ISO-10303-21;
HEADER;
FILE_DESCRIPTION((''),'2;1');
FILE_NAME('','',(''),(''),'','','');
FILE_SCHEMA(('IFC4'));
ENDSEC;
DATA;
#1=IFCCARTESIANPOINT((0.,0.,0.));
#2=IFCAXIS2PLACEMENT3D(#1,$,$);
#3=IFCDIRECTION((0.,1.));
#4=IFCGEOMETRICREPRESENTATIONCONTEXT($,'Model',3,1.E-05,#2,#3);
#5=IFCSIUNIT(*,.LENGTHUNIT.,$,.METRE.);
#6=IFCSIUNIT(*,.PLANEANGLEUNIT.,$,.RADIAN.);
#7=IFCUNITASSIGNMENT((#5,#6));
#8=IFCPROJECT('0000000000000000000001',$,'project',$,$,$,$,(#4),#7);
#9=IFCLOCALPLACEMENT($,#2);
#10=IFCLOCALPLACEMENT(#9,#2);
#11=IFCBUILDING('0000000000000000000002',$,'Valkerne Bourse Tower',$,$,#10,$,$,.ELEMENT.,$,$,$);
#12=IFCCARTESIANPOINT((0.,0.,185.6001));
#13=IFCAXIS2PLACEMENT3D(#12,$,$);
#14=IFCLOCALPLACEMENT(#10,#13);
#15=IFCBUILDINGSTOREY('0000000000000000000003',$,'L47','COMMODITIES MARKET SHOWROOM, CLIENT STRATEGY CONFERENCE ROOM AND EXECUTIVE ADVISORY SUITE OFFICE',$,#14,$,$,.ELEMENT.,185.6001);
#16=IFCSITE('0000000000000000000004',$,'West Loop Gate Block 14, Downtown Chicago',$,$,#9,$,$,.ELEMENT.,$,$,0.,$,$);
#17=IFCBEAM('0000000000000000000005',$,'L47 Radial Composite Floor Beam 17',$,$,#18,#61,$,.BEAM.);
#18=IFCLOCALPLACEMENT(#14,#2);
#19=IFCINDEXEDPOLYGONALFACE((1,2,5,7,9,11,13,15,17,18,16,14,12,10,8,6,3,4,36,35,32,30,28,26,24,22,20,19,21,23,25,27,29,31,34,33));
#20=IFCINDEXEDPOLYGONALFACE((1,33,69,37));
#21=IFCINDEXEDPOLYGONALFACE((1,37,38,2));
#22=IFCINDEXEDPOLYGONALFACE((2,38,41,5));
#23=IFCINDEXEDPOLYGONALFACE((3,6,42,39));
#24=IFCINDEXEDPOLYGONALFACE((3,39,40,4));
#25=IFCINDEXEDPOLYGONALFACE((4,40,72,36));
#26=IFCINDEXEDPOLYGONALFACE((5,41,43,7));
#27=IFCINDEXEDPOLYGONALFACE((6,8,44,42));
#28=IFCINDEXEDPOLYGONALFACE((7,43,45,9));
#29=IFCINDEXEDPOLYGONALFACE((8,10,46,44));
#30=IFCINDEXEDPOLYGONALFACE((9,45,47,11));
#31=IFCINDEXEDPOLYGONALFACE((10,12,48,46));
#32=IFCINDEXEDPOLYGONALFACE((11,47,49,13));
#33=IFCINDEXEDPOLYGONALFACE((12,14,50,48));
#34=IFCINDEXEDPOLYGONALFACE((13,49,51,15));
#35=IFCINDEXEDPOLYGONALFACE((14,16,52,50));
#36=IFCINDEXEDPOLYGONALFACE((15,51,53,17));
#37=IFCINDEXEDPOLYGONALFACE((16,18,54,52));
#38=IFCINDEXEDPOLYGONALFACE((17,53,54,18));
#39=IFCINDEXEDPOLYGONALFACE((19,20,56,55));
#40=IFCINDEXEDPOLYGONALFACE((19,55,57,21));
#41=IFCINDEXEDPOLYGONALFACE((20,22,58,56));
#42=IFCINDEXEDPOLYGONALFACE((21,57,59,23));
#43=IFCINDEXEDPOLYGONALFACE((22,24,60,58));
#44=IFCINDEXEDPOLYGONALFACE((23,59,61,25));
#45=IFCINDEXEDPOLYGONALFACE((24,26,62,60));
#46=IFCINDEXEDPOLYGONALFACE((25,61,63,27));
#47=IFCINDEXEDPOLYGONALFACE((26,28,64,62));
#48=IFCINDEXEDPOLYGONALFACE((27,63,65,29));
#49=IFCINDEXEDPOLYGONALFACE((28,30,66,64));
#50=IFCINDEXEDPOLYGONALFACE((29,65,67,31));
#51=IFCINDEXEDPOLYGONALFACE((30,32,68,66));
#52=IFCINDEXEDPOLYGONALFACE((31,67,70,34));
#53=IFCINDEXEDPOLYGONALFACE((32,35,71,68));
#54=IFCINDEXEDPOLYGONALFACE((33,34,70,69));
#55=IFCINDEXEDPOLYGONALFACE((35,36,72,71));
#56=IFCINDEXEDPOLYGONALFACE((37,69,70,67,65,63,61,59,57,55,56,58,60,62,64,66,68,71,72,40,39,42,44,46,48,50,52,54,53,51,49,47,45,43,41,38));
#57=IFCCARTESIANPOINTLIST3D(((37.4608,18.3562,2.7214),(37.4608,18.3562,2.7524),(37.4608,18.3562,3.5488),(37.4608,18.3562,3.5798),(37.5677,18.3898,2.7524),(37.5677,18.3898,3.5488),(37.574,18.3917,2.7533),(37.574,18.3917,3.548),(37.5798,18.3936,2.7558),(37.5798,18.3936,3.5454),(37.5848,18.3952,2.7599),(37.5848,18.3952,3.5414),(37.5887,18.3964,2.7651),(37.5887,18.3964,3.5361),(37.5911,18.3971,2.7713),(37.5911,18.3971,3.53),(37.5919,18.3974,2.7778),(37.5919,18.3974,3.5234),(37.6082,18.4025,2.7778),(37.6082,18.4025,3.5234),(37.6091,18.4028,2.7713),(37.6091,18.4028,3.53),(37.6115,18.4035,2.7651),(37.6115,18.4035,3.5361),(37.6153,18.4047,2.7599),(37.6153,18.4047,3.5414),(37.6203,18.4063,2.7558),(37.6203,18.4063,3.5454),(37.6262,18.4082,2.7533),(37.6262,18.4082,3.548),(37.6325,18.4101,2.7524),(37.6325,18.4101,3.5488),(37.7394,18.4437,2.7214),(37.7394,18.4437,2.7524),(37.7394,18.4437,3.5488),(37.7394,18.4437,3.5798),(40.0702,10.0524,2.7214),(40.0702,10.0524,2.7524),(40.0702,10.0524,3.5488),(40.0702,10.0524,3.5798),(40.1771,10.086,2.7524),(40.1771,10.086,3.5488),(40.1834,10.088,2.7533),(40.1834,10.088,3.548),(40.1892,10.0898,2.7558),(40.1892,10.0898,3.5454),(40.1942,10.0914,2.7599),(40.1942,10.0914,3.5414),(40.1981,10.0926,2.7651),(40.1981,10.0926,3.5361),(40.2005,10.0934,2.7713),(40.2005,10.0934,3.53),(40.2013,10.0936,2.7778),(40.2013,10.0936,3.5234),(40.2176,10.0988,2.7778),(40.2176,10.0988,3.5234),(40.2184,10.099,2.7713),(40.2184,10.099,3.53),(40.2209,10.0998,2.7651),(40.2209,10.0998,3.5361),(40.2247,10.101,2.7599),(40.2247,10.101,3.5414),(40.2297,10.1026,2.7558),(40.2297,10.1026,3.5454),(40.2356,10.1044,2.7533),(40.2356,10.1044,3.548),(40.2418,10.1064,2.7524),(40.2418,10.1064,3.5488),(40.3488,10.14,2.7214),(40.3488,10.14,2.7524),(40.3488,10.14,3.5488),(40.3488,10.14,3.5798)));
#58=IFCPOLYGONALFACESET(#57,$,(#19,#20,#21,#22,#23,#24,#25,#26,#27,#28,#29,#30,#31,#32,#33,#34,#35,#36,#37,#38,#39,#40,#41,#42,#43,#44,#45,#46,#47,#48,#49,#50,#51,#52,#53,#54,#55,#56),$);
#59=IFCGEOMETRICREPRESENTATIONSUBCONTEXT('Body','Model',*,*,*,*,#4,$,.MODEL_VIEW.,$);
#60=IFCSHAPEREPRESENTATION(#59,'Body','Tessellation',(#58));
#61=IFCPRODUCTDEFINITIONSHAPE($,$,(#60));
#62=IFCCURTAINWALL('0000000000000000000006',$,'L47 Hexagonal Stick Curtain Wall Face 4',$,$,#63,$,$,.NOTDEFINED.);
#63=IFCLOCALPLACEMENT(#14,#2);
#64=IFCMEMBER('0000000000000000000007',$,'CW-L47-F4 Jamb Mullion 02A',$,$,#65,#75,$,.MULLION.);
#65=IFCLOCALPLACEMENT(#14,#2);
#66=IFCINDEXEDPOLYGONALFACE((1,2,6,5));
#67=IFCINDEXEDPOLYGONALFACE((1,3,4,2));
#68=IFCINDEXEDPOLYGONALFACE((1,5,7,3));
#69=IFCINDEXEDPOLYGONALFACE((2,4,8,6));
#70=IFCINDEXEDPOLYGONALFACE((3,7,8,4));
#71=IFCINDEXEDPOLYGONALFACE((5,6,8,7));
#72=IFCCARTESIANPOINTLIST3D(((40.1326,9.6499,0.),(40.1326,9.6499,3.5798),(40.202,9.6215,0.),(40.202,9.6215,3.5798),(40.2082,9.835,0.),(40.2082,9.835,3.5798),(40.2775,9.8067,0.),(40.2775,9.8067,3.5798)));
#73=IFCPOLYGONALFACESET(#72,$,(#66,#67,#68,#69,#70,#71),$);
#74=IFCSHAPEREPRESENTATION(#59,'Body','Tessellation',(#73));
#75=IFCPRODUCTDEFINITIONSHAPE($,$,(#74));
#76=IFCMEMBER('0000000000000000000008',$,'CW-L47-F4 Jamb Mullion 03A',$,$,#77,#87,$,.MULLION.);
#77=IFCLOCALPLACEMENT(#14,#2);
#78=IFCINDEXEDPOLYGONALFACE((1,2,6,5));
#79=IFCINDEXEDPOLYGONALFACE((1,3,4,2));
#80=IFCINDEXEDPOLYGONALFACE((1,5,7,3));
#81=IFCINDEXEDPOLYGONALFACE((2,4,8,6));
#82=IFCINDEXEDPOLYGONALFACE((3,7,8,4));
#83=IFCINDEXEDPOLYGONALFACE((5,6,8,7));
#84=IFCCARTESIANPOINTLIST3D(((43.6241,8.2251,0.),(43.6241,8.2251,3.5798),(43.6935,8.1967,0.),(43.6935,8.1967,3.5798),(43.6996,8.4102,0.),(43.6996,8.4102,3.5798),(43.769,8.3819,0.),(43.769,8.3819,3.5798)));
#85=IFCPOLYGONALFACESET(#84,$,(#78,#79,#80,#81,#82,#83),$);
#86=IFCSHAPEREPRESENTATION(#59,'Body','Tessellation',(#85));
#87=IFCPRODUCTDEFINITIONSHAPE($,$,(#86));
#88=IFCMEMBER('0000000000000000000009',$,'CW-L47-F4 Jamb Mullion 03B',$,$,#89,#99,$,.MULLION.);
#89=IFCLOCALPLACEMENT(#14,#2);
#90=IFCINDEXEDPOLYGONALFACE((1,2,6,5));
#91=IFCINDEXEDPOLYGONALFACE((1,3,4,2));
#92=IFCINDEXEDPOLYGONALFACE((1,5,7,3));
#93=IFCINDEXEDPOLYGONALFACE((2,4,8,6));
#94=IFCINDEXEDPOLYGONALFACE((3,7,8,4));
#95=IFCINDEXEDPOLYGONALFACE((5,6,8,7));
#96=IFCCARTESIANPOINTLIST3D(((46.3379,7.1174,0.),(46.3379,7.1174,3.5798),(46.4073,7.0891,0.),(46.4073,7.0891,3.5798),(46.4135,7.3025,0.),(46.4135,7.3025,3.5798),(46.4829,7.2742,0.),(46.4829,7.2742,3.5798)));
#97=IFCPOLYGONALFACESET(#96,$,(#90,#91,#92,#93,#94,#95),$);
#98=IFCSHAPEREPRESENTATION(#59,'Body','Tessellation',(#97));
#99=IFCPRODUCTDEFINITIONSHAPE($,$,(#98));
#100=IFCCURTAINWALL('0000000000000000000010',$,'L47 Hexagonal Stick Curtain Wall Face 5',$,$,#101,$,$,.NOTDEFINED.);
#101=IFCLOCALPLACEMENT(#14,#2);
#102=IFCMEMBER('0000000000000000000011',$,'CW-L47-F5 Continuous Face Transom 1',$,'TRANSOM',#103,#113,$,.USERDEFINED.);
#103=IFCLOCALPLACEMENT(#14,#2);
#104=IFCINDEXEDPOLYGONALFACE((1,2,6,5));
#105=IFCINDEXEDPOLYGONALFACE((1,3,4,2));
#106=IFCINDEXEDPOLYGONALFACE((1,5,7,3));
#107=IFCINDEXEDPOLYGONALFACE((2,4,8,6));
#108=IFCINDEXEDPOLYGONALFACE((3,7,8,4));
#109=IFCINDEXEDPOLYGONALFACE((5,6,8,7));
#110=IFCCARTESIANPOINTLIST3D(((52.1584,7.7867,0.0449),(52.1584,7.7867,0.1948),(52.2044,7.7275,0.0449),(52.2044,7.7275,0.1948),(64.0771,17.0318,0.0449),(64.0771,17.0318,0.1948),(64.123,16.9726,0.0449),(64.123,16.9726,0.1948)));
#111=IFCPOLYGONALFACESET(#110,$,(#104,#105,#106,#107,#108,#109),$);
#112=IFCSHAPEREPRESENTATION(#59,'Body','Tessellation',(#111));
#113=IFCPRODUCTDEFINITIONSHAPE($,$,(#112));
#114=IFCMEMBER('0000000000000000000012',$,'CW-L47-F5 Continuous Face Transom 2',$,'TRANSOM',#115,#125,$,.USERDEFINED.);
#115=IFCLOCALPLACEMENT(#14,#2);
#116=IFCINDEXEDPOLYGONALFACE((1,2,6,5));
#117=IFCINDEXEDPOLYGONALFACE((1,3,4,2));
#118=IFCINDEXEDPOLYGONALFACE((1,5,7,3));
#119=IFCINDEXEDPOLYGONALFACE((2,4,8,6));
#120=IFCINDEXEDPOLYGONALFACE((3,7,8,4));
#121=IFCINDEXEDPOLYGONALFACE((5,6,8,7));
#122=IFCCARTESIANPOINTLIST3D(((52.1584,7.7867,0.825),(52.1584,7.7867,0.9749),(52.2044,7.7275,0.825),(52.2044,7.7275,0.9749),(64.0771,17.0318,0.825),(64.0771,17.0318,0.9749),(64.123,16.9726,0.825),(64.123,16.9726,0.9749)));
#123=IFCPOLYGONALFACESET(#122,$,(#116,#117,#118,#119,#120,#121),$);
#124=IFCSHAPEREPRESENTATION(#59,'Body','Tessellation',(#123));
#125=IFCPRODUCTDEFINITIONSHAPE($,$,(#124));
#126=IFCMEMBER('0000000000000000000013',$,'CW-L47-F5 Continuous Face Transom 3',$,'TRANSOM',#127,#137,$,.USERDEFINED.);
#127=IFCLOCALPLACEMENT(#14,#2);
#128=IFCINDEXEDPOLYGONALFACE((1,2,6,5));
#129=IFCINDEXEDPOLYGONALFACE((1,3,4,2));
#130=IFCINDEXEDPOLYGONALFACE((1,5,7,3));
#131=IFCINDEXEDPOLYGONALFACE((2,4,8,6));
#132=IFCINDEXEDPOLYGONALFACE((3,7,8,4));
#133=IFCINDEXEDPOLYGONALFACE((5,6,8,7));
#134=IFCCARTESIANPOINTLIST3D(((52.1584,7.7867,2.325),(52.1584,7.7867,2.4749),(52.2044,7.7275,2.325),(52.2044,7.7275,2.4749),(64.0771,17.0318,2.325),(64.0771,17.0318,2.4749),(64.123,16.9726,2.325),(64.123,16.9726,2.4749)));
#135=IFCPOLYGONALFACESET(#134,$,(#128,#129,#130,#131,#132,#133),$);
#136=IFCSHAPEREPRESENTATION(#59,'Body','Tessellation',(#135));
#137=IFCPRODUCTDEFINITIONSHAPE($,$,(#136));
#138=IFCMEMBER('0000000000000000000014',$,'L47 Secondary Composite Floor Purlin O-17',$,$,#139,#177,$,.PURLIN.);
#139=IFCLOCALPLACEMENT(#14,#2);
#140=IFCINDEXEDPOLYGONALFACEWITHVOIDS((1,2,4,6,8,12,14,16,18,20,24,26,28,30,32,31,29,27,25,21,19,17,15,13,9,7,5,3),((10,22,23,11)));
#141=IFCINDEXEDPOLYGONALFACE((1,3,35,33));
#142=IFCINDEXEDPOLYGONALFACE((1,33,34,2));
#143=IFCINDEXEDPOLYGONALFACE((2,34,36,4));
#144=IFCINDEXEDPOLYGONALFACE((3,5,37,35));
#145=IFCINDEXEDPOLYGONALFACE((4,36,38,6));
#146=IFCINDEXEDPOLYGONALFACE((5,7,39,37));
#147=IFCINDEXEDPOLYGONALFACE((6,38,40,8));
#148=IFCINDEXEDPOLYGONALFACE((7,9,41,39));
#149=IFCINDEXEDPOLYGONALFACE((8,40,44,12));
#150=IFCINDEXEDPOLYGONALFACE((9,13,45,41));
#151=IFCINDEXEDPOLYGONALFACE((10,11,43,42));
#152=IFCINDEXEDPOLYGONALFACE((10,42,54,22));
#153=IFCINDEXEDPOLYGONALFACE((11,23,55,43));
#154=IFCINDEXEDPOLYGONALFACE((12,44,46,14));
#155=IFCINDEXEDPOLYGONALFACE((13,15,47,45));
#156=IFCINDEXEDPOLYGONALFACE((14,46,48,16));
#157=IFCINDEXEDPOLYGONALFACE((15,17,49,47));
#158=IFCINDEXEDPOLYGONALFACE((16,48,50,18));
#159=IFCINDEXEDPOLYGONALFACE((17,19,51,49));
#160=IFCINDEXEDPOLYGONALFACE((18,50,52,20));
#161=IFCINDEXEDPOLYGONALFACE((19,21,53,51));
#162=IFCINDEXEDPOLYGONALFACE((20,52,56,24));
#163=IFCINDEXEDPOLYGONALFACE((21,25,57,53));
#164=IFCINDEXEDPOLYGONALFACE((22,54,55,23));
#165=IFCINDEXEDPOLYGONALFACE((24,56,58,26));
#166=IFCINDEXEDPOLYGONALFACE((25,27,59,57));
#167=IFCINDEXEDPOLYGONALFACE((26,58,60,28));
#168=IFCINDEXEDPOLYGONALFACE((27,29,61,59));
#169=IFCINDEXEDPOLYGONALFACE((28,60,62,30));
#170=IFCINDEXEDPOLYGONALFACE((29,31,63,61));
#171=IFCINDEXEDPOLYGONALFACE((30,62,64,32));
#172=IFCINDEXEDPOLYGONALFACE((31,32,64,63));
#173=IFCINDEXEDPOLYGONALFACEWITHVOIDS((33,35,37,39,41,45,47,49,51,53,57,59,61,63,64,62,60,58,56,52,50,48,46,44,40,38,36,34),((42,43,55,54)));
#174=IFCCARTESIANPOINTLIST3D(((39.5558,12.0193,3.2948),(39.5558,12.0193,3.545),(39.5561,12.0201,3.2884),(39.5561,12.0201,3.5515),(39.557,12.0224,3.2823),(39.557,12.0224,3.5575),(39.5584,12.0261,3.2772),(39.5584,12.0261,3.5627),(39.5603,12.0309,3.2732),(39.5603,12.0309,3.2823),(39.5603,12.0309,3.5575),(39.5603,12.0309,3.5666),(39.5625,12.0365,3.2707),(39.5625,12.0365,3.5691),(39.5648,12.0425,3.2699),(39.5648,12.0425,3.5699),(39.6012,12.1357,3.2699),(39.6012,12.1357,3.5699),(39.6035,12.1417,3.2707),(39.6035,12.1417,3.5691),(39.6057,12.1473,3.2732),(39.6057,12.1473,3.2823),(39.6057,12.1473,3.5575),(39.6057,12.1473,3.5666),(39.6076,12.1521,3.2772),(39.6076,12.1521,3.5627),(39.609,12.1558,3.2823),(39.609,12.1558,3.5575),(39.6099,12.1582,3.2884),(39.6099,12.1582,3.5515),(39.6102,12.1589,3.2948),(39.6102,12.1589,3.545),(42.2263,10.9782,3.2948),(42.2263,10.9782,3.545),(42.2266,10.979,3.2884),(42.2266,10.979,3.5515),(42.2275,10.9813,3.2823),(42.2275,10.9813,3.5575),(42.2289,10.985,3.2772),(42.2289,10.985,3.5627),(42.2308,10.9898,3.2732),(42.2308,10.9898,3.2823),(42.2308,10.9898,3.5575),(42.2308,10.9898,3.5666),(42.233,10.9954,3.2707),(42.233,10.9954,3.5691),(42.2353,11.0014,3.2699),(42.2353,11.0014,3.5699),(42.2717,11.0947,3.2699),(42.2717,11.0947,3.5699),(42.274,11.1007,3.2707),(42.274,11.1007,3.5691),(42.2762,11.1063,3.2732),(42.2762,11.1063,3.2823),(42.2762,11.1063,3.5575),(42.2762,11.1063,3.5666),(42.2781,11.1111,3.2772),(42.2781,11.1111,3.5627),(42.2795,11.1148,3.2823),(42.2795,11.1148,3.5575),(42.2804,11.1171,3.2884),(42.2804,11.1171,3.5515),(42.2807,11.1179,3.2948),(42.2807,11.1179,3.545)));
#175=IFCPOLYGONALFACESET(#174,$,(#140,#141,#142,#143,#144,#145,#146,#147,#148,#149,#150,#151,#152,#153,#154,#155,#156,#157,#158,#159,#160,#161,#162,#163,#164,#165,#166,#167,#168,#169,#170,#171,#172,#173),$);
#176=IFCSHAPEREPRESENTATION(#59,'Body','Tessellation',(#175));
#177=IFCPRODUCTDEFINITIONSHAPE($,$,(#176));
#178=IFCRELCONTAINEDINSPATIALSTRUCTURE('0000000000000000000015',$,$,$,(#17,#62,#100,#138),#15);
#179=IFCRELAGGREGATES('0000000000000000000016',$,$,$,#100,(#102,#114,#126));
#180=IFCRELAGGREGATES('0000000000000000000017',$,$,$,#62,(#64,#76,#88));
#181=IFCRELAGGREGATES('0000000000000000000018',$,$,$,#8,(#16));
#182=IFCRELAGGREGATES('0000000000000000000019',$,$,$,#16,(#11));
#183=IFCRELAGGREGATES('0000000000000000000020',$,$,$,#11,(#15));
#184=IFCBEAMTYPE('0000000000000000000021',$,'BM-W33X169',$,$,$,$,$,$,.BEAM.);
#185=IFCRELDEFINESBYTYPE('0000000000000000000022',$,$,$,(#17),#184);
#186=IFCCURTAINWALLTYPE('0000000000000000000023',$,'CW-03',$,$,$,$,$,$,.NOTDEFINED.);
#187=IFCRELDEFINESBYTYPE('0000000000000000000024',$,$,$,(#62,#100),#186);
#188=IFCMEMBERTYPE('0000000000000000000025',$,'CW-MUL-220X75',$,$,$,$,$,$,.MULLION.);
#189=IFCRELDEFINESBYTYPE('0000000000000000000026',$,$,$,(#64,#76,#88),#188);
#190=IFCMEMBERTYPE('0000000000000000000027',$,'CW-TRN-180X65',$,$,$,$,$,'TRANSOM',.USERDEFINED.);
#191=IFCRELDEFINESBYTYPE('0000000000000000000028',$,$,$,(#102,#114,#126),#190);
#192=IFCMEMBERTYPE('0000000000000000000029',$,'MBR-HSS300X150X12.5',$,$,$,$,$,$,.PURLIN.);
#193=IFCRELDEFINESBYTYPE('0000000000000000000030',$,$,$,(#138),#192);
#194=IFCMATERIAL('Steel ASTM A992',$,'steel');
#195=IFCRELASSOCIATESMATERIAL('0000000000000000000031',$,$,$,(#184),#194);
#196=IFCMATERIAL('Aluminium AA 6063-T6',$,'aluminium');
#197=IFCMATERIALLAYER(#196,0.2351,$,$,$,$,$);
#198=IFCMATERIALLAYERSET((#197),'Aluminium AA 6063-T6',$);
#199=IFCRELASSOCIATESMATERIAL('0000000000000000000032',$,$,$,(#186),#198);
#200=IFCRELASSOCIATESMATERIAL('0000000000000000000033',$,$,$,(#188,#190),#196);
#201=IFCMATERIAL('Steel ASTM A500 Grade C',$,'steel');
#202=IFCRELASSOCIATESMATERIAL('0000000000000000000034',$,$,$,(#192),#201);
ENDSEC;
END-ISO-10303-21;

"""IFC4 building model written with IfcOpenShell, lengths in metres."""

from ifc_helpers import new_model, si_unit, direction, frame, origin, origin_2d, place, context, subcontext, project, spatial, rectangle, hollow_rectangle, i_section, extrude, material, layer, layer_set, material_profile, profile_set, type_object, element, aggregate, save


model = new_model("IFC4")

# Units and contexts
model_context = context("Model", 3, precision=1e-05, world=origin(), true_north=direction((0.0, 1.0)))
body_context = subcontext(model_context, "Body", "Model", "MODEL_VIEW")
ifc_project = project(units=[si_unit("LENGTHUNIT", "METRE"), si_unit("PLANEANGLEUNIT", "RADIAN")], contexts=[model_context])

# Site, building, storey
site_placement = place(None, origin())
site = spatial("IfcSite", under=ifc_project, at=site_placement, Name="West Loop Gate Block 14, Downtown Chicago", CompositionType="ELEMENT", RefElevation=0.0)
building_placement = place(site_placement, origin())
building = spatial("IfcBuilding", under=site, at=building_placement, Name="Valkerne Bourse Tower", CompositionType="ELEMENT")
storey_placement = place(building_placement, frame((0.0, 0.0, 185.6001)))
storey = spatial("IfcBuildingStorey", under=building, at=storey_placement, Name="L47", Description="COMMODITIES MARKET SHOWROOM, CLIENT STRATEGY CONFERENCE ROOM AND EXECUTIVE ADVISORY SUITE OFFICE", CompositionType="ELEMENT", Elevation=185.6001)

# Beam
ifc_material_1 = material(Name="Steel ASTM A992", Category="steel")
ifc_material_profile_1 = material_profile(ifc_material_1, i_section(OverallWidth=0.292, OverallDepth=0.8584, WebThickness=0.0171, FlangeThickness=0.031, FilletRadius=0.0254, at=origin_2d()), Name="W33X169")
ifc_profile_set_1 = profile_set([ifc_material_profile_1], Name="Steel ASTM A992")
beam_type_1 = type_object("IfcBeamType", Name="BM-W33X169", PredefinedType="BEAM", material=ifc_profile_set_1)
beam_1_placement = place(storey_placement, frame((40.2095, 10.0962, 3.1506), z_axis=(-0.299789, 0.954006, 0.0), x_axis=(-0.954006, -0.299789, 0.0)))
element("IfcBeam", 1, at=beam_1_placement, inside=storey, type_object=beam_type_1, Name="L47 Radial Composite Floor Beam 17", PredefinedType="BEAM", context=body_context, shape_type="SweptSolid", body=[
    extrude(i_section(OverallWidth=0.292, OverallDepth=0.8584, WebThickness=0.0171, FlangeThickness=0.031, FilletRadius=0.0254, at=origin_2d()), origin(), (0.0, 0.0, 1.0), 8.7041),
])

# Curtain walls, members
ifc_material_2 = material(Name="Aluminium AA 6063-T6", Category="aluminium")
ifc_layer_1 = layer(ifc_material_2, 0.2351)
ifc_layer_set_1 = layer_set([ifc_layer_1], Name="Aluminium AA 6063-T6")
curtain_wall_type = type_object("IfcCurtainWallType", Name="CW-03", PredefinedType="NOTDEFINED", material=ifc_layer_set_1)
curtain_wall_1_placement = place(storey_placement, origin())
curtain_wall_1 = element("IfcCurtainWall", 2, at=curtain_wall_1_placement, inside=storey, type_object=curtain_wall_type, Name="L47 Hexagonal Stick Curtain Wall Face 4", PredefinedType="NOTDEFINED")
ifc_material_profile_2 = material_profile(ifc_material_2, rectangle(XDim=0.075, YDim=0.2, at=origin_2d()), Name="CWM-75X200")
ifc_profile_set_2 = profile_set([ifc_material_profile_2], Name="Aluminium AA 6063-T6")
member_type_1 = type_object("IfcMemberType", Name="CW-MUL-220X75", PredefinedType="MULLION", material=ifc_profile_set_2)
member_1_placement = place(storey_placement, frame((40.2051, 9.7283, 0.0), z_axis=(0.0, 0.0, 1.0), x_axis=(0.925876, -0.377828, 0.0)))
member_1 = element("IfcMember", 3, at=member_1_placement, type_object=member_type_1, Name="CW-L47-F4 Jamb Mullion 02A", PredefinedType="MULLION", context=body_context, shape_type="SweptSolid", body=[
    extrude(rectangle(XDim=0.075, YDim=0.2, at=origin_2d()), origin(), (0.0, 0.0, 1.0), 3.5798),
])
member_2_placement = place(storey_placement, frame((43.6965, 8.3035, 0.0), z_axis=(0.0, 0.0, 1.0), x_axis=(0.925866, -0.377851, 0.0)))
member_2 = element("IfcMember", 4, at=member_2_placement, type_object=member_type_1, Name="CW-L47-F4 Jamb Mullion 03A", PredefinedType="MULLION", context=body_context, shape_type="SweptSolid", body=[
    extrude(rectangle(XDim=0.075, YDim=0.2, at=origin_2d()), origin(), (0.0, 0.0, 1.0), 3.5798),
])
member_3_placement = place(storey_placement, frame((46.4104, 7.1958, 0.0), z_axis=(0.0, 0.0, 1.0), x_axis=(0.925866, -0.377851, 0.0)))
member_3 = element("IfcMember", 5, at=member_3_placement, type_object=member_type_1, Name="CW-L47-F4 Jamb Mullion 03B", PredefinedType="MULLION", context=body_context, shape_type="SweptSolid", body=[
    extrude(rectangle(XDim=0.075, YDim=0.2, at=origin_2d()), origin(), (0.0, 0.0, 1.0), 3.5798),
])
curtain_wall_2_placement = place(storey_placement, origin())
curtain_wall_2 = element("IfcCurtainWall", 6, at=curtain_wall_2_placement, inside=storey, type_object=curtain_wall_type, Name="L47 Hexagonal Stick Curtain Wall Face 5", PredefinedType="NOTDEFINED")
ifc_material_profile_3 = material_profile(ifc_material_2, rectangle(XDim=0.075, YDim=0.1499, at=origin_2d()), Name="CWT-75X150")
ifc_profile_set_3 = profile_set([ifc_material_profile_3], Name="Aluminium AA 6063-T6")
member_type_2 = type_object("IfcMemberType", Name="CW-TRN-180X65", ElementType="TRANSOM", PredefinedType="USERDEFINED", material=ifc_profile_set_3)
member_4_placement = place(storey_placement, frame((52.1814, 7.7571, 0.1199), z_axis=(0.790154, 0.612908, 0.0), x_axis=(-0.612908, 0.790154, 0.0)))
member_4 = element("IfcMember", 7, at=member_4_placement, type_object=member_type_2, Name="CW-L47-F5 Continuous Face Transom 1", ObjectType="TRANSOM", PredefinedType="USERDEFINED", context=body_context, shape_type="SweptSolid", body=[
    extrude(rectangle(XDim=0.075, YDim=0.1499, at=origin_2d()), origin(), (0.0, 0.0, 1.0), 15.084),
])
member_5_placement = place(storey_placement, frame((52.1814, 7.7571, 0.8999), z_axis=(0.790154, 0.612908, 0.0), x_axis=(-0.612908, 0.790154, 0.0)))
member_5 = element("IfcMember", 8, at=member_5_placement, type_object=member_type_2, Name="CW-L47-F5 Continuous Face Transom 2", ObjectType="TRANSOM", PredefinedType="USERDEFINED", context=body_context, shape_type="SweptSolid", body=[
    extrude(rectangle(XDim=0.075, YDim=0.1499, at=origin_2d()), origin(), (0.0, 0.0, 1.0), 15.084),
])
member_6_placement = place(storey_placement, frame((52.1814, 7.7571, 2.3999), z_axis=(0.790154, 0.612908, 0.0), x_axis=(-0.612908, 0.790154, 0.0)))
member_6 = element("IfcMember", 9, at=member_6_placement, type_object=member_type_2, Name="CW-L47-F5 Continuous Face Transom 3", ObjectType="TRANSOM", PredefinedType="USERDEFINED", context=body_context, shape_type="SweptSolid", body=[
    extrude(rectangle(XDim=0.075, YDim=0.1499, at=origin_2d()), origin(), (0.0, 0.0, 1.0), 15.084),
])
aggregate(curtain_wall_2, [member_4, member_5, member_6])

# Member
ifc_material_3 = material(Name="Steel ASTM A500 Grade C", Category="steel")
ifc_material_profile_4 = material_profile(ifc_material_3, hollow_rectangle(XDim=0.1499, YDim=0.3, WallThickness=0.0125, OuterFilletRadius=0.0249, at=origin_2d()), Name="HSS300X150X12.5")
ifc_profile_set_4 = profile_set([ifc_material_profile_4], Name="Steel ASTM A500 Grade C")
member_type_3 = type_object("IfcMemberType", Name="MBR-HSS300X150X12.5", PredefinedType="PURLIN", material=ifc_profile_set_4)
member_7_placement = place(storey_placement, frame((39.583, 12.0891, 3.4199), z_axis=(0.931707, -0.363211, 0.0), x_axis=(0.363211, 0.931707, 0.0)))
element("IfcMember", 10, at=member_7_placement, inside=storey, type_object=member_type_3, Name="L47 Secondary Composite Floor Purlin O-17", PredefinedType="PURLIN", context=body_context, shape_type="SweptSolid", body=[
    extrude(hollow_rectangle(XDim=0.1499, YDim=0.3, WallThickness=0.0125, OuterFilletRadius=0.0249, at=origin_2d()), origin(), (0.0, 0.0, 1.0), 2.8662),
])

aggregate(curtain_wall_1, [member_1, member_2, member_3])

save(model, "model.ifc")
